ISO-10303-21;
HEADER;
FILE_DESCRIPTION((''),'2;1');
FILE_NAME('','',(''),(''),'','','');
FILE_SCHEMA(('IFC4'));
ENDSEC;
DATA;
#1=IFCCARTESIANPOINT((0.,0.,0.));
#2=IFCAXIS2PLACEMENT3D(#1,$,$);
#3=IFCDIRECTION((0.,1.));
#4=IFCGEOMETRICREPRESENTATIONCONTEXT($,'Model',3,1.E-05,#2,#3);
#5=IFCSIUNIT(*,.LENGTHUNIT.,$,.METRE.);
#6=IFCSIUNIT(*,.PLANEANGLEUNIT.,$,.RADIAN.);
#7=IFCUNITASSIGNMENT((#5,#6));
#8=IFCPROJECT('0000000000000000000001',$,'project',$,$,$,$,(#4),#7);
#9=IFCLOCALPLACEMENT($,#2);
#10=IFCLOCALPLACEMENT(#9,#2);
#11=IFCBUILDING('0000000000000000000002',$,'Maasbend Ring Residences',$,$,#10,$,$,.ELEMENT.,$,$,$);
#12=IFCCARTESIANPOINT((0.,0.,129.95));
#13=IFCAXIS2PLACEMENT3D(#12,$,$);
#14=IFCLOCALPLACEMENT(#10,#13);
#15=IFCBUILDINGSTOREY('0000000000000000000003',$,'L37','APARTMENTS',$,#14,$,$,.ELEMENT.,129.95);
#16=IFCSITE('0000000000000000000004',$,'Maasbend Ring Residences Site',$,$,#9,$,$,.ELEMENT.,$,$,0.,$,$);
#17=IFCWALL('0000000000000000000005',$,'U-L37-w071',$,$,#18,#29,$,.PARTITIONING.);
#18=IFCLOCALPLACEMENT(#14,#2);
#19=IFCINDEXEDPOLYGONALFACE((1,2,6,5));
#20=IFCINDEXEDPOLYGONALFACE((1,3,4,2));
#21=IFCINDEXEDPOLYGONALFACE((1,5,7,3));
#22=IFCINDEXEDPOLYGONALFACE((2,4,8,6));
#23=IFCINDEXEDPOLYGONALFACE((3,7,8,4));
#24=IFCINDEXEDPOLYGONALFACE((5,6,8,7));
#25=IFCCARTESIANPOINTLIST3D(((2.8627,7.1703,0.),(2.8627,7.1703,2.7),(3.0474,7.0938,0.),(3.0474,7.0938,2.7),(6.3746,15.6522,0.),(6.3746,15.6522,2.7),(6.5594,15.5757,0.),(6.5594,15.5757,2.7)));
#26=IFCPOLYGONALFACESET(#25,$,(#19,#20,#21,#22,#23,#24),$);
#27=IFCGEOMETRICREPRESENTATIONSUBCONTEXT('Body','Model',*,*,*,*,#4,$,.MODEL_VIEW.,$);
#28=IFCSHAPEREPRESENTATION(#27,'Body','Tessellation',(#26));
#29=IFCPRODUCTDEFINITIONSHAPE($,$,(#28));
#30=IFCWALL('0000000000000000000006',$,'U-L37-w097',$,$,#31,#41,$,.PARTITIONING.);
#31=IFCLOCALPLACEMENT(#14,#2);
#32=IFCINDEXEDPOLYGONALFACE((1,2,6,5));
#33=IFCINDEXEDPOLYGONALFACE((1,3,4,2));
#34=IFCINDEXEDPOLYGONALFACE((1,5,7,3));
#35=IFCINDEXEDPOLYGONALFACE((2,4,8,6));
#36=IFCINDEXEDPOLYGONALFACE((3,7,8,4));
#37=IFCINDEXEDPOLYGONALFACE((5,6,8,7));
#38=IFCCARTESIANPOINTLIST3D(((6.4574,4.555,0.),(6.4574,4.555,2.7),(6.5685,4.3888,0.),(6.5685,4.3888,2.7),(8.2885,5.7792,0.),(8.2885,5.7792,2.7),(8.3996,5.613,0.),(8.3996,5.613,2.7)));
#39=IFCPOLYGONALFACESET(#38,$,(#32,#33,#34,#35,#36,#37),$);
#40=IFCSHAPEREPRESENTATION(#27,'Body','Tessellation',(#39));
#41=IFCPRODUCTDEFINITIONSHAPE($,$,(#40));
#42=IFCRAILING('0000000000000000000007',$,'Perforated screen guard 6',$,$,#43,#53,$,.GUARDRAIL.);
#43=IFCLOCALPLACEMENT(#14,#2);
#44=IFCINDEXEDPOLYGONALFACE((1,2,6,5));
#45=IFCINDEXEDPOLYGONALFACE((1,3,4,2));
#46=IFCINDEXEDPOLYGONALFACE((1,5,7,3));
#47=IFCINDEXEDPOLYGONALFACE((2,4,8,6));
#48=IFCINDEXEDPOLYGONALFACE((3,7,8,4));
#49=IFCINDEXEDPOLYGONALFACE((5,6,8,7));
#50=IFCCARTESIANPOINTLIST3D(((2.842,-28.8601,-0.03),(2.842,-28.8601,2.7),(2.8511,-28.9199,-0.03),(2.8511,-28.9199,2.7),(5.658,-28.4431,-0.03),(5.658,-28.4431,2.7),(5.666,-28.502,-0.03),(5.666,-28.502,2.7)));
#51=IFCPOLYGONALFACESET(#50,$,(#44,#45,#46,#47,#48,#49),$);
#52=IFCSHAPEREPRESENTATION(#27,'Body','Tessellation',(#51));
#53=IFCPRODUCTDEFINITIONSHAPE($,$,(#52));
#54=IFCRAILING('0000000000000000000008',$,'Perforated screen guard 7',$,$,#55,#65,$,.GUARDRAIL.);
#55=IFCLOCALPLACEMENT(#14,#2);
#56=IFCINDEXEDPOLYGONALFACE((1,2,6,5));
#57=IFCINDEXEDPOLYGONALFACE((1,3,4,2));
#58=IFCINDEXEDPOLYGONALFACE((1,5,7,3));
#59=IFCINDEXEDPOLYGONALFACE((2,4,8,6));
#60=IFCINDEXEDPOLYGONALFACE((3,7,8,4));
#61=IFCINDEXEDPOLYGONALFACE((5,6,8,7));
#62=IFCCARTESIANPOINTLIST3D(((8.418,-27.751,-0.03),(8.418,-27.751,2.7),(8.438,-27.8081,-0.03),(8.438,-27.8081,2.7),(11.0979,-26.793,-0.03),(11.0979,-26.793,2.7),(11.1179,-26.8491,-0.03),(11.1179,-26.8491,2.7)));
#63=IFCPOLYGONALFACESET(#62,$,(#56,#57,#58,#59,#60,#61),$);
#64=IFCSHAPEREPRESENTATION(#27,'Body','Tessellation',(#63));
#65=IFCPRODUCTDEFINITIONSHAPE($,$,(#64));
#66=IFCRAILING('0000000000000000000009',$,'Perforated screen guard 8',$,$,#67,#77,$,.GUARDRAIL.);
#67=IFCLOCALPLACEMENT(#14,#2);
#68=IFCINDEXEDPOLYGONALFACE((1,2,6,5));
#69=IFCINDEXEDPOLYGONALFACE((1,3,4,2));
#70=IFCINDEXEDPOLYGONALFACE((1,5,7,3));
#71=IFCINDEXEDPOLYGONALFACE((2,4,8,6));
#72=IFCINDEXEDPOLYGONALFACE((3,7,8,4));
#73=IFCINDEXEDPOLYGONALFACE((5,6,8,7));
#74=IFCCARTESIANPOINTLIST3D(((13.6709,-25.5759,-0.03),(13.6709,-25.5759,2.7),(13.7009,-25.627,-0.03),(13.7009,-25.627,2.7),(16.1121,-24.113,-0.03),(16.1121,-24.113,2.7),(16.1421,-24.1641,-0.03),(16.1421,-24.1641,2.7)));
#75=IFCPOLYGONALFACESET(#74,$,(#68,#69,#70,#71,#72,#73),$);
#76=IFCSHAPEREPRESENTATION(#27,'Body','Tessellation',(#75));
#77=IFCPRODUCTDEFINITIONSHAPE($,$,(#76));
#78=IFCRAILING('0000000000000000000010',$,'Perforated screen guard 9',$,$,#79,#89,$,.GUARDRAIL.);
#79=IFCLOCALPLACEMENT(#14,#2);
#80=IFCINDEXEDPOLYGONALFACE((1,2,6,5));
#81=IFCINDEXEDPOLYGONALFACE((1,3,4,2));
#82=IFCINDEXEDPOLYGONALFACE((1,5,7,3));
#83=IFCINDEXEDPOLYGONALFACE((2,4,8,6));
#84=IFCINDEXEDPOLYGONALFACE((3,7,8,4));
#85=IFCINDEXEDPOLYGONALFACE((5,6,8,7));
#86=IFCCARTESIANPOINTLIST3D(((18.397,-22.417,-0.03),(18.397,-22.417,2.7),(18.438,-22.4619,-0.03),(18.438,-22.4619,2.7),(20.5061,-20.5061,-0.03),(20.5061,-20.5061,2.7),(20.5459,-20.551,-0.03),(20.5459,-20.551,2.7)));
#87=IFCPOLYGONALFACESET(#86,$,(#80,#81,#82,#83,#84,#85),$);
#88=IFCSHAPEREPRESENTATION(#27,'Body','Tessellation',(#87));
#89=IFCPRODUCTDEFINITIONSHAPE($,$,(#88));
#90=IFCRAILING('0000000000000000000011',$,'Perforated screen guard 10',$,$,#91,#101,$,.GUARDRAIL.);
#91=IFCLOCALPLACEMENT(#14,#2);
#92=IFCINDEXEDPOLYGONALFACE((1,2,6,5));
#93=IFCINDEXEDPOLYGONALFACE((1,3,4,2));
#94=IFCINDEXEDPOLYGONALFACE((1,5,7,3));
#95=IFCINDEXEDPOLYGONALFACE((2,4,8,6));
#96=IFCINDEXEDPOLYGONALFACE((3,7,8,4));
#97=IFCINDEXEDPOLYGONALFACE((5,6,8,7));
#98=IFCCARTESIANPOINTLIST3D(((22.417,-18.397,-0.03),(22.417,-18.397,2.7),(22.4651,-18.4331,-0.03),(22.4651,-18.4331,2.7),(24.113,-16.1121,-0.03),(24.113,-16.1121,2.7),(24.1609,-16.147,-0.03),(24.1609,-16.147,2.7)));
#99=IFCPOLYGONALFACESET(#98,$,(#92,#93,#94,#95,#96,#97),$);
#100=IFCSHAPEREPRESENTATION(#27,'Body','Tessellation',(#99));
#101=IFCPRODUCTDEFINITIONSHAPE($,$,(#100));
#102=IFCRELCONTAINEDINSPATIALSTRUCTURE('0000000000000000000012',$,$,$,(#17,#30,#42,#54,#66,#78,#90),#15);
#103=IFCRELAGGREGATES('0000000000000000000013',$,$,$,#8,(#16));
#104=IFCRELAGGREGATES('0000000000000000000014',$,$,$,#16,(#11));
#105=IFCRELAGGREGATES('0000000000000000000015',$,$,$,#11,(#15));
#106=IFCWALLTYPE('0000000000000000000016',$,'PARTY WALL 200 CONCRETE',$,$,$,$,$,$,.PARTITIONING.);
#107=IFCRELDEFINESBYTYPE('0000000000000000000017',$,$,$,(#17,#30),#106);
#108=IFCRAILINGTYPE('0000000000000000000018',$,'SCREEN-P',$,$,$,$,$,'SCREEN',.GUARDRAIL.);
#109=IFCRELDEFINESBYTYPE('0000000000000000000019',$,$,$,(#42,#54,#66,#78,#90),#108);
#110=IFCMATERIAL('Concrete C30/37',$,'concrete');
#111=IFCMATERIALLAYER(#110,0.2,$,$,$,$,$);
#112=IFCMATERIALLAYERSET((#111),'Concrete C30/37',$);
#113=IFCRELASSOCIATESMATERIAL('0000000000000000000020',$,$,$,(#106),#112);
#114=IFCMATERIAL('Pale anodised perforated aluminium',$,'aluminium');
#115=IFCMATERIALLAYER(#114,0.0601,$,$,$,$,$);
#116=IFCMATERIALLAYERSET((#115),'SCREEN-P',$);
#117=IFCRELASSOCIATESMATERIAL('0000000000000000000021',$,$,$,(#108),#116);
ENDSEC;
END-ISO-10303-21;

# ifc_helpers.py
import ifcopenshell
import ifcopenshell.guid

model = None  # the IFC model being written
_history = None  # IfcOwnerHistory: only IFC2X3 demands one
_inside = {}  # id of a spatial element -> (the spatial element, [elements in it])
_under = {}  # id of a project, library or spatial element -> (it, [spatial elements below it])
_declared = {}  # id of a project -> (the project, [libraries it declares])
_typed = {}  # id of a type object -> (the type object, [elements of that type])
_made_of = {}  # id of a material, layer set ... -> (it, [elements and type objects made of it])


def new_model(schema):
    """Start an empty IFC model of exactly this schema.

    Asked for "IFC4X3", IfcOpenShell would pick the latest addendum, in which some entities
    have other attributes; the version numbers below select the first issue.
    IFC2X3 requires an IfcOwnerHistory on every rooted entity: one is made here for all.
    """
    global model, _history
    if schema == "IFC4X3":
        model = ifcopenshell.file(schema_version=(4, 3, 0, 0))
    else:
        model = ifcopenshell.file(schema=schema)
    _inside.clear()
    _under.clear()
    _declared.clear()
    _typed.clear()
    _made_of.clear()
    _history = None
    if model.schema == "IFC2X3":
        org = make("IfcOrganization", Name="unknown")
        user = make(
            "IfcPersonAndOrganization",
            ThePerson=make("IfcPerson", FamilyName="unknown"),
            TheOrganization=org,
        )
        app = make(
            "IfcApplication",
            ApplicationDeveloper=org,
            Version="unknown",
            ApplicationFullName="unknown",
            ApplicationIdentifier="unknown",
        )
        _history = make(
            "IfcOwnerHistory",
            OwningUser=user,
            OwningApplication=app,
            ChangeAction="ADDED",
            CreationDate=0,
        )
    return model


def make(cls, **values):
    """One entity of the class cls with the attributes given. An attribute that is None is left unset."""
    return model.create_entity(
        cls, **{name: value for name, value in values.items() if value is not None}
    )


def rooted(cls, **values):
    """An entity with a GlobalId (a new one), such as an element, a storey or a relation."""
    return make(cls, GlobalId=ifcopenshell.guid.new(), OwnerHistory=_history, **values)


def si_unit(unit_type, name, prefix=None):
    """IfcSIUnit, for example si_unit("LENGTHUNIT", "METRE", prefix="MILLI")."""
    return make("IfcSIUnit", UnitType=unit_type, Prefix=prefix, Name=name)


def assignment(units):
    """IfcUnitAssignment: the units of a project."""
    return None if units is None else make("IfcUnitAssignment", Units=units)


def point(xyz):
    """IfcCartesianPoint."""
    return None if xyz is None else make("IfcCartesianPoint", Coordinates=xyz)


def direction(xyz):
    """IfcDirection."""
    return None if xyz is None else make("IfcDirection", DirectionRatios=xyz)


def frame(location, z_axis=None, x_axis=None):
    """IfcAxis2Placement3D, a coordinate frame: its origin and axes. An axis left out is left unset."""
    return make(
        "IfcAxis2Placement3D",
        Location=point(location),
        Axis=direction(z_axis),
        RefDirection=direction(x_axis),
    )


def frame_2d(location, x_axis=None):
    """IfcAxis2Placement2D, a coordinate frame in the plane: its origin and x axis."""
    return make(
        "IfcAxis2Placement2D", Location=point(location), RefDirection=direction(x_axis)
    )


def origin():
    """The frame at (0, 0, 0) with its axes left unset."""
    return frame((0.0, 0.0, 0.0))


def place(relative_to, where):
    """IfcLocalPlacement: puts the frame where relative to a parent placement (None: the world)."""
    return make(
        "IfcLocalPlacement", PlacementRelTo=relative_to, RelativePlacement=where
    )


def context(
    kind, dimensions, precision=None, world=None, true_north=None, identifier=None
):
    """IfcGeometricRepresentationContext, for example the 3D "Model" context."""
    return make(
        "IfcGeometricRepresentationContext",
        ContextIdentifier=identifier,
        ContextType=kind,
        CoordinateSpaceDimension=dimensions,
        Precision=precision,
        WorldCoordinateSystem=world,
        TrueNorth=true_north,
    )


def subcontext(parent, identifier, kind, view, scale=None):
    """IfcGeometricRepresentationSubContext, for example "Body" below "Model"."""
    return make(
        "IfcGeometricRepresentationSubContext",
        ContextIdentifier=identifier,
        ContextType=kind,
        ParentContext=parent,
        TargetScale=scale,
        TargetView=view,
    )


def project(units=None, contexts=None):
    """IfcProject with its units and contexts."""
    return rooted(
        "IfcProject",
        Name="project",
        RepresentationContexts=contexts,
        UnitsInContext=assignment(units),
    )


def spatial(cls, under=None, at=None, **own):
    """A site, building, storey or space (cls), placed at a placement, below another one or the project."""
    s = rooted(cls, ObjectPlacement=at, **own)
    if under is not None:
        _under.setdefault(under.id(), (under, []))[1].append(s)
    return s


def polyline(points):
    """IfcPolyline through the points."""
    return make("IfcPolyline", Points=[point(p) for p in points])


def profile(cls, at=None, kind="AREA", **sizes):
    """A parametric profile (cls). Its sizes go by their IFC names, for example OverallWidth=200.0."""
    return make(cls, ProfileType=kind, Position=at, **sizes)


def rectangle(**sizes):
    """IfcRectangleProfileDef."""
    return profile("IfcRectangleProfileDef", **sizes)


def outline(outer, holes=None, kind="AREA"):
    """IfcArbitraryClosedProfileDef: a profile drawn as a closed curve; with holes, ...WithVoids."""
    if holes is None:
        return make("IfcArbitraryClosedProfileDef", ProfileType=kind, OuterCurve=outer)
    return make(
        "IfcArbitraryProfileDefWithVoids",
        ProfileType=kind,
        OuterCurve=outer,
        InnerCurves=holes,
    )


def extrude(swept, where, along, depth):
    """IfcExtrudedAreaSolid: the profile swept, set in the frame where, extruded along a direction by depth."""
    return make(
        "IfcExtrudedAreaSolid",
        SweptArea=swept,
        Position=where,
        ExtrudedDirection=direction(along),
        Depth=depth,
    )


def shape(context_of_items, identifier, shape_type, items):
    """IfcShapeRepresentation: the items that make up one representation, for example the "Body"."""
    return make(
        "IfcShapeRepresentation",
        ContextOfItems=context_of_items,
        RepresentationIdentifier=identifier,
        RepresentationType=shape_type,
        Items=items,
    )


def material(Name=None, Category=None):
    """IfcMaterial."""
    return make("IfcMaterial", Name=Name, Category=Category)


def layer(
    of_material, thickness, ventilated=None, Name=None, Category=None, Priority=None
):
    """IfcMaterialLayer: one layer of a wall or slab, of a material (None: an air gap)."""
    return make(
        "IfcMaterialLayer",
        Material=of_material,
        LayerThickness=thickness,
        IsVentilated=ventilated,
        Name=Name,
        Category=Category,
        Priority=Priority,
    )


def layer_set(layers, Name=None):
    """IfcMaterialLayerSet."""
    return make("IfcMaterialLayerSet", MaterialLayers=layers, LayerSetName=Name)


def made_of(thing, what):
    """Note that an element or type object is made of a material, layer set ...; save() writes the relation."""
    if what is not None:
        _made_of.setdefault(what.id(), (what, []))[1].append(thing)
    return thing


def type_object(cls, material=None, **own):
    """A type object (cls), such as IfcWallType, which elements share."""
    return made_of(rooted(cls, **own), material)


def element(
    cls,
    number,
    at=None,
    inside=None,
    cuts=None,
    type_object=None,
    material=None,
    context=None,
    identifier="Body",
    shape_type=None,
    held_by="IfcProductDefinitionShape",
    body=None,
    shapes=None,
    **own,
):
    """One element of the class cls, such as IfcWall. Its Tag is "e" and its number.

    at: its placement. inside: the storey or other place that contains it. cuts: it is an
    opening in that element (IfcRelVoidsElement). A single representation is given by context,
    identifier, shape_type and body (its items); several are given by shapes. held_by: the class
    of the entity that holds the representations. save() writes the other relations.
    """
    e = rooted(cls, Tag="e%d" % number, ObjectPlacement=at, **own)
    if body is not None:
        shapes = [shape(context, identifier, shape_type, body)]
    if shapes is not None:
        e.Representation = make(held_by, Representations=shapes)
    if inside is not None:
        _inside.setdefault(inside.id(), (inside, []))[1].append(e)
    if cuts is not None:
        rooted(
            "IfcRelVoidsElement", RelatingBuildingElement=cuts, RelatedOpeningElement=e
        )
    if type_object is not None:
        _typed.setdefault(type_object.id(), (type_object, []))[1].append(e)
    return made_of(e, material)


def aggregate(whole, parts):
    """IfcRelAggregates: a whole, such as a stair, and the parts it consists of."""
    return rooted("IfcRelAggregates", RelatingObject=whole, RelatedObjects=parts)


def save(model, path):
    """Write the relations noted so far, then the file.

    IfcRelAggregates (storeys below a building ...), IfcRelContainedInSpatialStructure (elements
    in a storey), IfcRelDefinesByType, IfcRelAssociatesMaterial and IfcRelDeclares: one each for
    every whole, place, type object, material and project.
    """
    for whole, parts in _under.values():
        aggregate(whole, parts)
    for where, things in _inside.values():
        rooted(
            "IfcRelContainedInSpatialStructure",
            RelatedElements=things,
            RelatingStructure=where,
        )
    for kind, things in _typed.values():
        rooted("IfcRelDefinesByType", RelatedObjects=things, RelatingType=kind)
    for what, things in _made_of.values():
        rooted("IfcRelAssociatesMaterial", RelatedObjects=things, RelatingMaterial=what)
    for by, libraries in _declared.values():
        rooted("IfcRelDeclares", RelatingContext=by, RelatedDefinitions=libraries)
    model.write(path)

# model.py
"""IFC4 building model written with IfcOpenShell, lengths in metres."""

from ifc_helpers import new_model, si_unit, direction, frame, frame_2d, origin, place, context, subcontext, project, spatial, polyline, rectangle, outline, extrude, material, layer, layer_set, type_object, element, save


model = new_model("IFC4")

# Units and contexts
model_context = context("Model", 3, precision=1e-05, world=origin(), true_north=direction((0.0, 1.0)))
body_context = subcontext(model_context, "Body", "Model", "MODEL_VIEW")
ifc_project = project(units=[si_unit("LENGTHUNIT", "METRE"), si_unit("PLANEANGLEUNIT", "RADIAN")], contexts=[model_context])

# Site, building, storey
site_placement = place(None, origin())
site = spatial("IfcSite", under=ifc_project, at=site_placement, Name="Maasbend Ring Residences Site", CompositionType="ELEMENT", RefElevation=0.0)
building_placement = place(site_placement, origin())
building = spatial("IfcBuilding", under=site, at=building_placement, Name="Maasbend Ring Residences", CompositionType="ELEMENT")
storey_placement = place(building_placement, frame((0.0, 0.0, 129.95)))
storey = spatial("IfcBuildingStorey", under=building, at=storey_placement, Name="L37", Description="APARTMENTS", CompositionType="ELEMENT", Elevation=129.95)

# Walls
ifc_material_1 = material(Name="Concrete C30/37", Category="concrete")
ifc_layer_1 = layer(ifc_material_1, 0.2)
ifc_layer_set_1 = layer_set([ifc_layer_1], Name="Concrete C30/37")
wall_type_1 = type_object("IfcWallType", Name="PARTY WALL 200 CONCRETE", PredefinedType="PARTITIONING", material=ifc_layer_set_1)
wall_1_placement = place(storey_placement, frame((2.9551, 7.1321, 0.0), z_axis=(0.0, 0.0, 1.0), x_axis=(0.382556, 0.923932, 0.0)))
element("IfcWall", 1, at=wall_1_placement, inside=storey, type_object=wall_type_1, Name="U-L37-w071", PredefinedType="PARTITIONING", context=body_context, shape_type="SweptSolid", body=[
    extrude(rectangle(XDim=9.1802, YDim=0.2, at=frame_2d((4.5901, 0.0))), origin(), (0.0, 0.0, 1.0), 2.7),
])
wall_2_placement = place(storey_placement, frame((6.5129, 4.4719, 0.0), z_axis=(0.0, 0.0, 1.0), x_axis=(0.831333, 0.555774, 0.0)))
element("IfcWall", 2, at=wall_2_placement, inside=storey, type_object=wall_type_1, Name="U-L37-w097", PredefinedType="PARTITIONING", context=body_context, shape_type="SweptSolid", body=[
    extrude(rectangle(XDim=2.2026, YDim=0.2, at=frame_2d((1.1013, 0.0))), origin(), (0.0, 0.0, 1.0), 2.7),
])

# Railings
ifc_material_2 = material(Name="Pale anodised perforated aluminium", Category="aluminium")
ifc_layer_2 = layer(ifc_material_2, 0.0601)
ifc_layer_set_2 = layer_set([ifc_layer_2], Name="SCREEN-P")
railing_type = type_object("IfcRailingType", Name="SCREEN-P", ElementType="SCREEN", PredefinedType="GUARDRAIL", material=ifc_layer_set_2)
railing_1_placement = place(storey_placement, frame((0.0, 0.0, -0.03)))
element("IfcRailing", 3, at=railing_1_placement, inside=storey, type_object=railing_type, Name="Perforated screen guard 6", PredefinedType="GUARDRAIL", context=body_context, shape_type="SweptSolid", body=[
    extrude(outline(polyline([(2.842, -28.8601), (5.658, -28.4431), (5.666, -28.502), (2.8511, -28.9199), (2.842, -28.8601)])), origin(), (0.0, 0.0, 1.0), 2.73),
])
railing_2_placement = place(storey_placement, frame((0.0, 0.0, -0.03)))
element("IfcRailing", 4, at=railing_2_placement, inside=storey, type_object=railing_type, Name="Perforated screen guard 7", PredefinedType="GUARDRAIL", context=body_context, shape_type="SweptSolid", body=[
    extrude(outline(polyline([(8.418, -27.751), (11.0979, -26.793), (11.1179, -26.8491), (8.438, -27.8081), (8.418, -27.751)])), origin(), (0.0, 0.0, 1.0), 2.73),
])
railing_3_placement = place(storey_placement, frame((0.0, 0.0, -0.03)))
element("IfcRailing", 5, at=railing_3_placement, inside=storey, type_object=railing_type, Name="Perforated screen guard 8", PredefinedType="GUARDRAIL", context=body_context, shape_type="SweptSolid", body=[
    extrude(outline(polyline([(13.6709, -25.5759), (16.1121, -24.113), (16.1421, -24.1641), (13.7009, -25.627), (13.6709, -25.5759)])), origin(), (0.0, 0.0, 1.0), 2.73),
])
railing_4_placement = place(storey_placement, frame((0.0, 0.0, -0.03)))
element("IfcRailing", 6, at=railing_4_placement, inside=storey, type_object=railing_type, Name="Perforated screen guard 9", PredefinedType="GUARDRAIL", context=body_context, shape_type="SweptSolid", body=[
    extrude(outline(polyline([(18.397, -22.417), (20.5061, -20.5061), (20.5459, -20.551), (18.438, -22.4619), (18.397, -22.417)])), origin(), (0.0, 0.0, 1.0), 2.73),
])
railing_5_placement = place(storey_placement, frame((0.0, 0.0, -0.03)))
element("IfcRailing", 7, at=railing_5_placement, inside=storey, type_object=railing_type, Name="Perforated screen guard 10", PredefinedType="GUARDRAIL", context=body_context, shape_type="SweptSolid", body=[
    extrude(outline(polyline([(22.417, -18.397), (24.113, -16.1121), (24.1609, -16.147), (22.4651, -18.4331), (22.417, -18.397)])), origin(), (0.0, 0.0, 1.0), 2.73),
])

save(model, "model.ifc")
